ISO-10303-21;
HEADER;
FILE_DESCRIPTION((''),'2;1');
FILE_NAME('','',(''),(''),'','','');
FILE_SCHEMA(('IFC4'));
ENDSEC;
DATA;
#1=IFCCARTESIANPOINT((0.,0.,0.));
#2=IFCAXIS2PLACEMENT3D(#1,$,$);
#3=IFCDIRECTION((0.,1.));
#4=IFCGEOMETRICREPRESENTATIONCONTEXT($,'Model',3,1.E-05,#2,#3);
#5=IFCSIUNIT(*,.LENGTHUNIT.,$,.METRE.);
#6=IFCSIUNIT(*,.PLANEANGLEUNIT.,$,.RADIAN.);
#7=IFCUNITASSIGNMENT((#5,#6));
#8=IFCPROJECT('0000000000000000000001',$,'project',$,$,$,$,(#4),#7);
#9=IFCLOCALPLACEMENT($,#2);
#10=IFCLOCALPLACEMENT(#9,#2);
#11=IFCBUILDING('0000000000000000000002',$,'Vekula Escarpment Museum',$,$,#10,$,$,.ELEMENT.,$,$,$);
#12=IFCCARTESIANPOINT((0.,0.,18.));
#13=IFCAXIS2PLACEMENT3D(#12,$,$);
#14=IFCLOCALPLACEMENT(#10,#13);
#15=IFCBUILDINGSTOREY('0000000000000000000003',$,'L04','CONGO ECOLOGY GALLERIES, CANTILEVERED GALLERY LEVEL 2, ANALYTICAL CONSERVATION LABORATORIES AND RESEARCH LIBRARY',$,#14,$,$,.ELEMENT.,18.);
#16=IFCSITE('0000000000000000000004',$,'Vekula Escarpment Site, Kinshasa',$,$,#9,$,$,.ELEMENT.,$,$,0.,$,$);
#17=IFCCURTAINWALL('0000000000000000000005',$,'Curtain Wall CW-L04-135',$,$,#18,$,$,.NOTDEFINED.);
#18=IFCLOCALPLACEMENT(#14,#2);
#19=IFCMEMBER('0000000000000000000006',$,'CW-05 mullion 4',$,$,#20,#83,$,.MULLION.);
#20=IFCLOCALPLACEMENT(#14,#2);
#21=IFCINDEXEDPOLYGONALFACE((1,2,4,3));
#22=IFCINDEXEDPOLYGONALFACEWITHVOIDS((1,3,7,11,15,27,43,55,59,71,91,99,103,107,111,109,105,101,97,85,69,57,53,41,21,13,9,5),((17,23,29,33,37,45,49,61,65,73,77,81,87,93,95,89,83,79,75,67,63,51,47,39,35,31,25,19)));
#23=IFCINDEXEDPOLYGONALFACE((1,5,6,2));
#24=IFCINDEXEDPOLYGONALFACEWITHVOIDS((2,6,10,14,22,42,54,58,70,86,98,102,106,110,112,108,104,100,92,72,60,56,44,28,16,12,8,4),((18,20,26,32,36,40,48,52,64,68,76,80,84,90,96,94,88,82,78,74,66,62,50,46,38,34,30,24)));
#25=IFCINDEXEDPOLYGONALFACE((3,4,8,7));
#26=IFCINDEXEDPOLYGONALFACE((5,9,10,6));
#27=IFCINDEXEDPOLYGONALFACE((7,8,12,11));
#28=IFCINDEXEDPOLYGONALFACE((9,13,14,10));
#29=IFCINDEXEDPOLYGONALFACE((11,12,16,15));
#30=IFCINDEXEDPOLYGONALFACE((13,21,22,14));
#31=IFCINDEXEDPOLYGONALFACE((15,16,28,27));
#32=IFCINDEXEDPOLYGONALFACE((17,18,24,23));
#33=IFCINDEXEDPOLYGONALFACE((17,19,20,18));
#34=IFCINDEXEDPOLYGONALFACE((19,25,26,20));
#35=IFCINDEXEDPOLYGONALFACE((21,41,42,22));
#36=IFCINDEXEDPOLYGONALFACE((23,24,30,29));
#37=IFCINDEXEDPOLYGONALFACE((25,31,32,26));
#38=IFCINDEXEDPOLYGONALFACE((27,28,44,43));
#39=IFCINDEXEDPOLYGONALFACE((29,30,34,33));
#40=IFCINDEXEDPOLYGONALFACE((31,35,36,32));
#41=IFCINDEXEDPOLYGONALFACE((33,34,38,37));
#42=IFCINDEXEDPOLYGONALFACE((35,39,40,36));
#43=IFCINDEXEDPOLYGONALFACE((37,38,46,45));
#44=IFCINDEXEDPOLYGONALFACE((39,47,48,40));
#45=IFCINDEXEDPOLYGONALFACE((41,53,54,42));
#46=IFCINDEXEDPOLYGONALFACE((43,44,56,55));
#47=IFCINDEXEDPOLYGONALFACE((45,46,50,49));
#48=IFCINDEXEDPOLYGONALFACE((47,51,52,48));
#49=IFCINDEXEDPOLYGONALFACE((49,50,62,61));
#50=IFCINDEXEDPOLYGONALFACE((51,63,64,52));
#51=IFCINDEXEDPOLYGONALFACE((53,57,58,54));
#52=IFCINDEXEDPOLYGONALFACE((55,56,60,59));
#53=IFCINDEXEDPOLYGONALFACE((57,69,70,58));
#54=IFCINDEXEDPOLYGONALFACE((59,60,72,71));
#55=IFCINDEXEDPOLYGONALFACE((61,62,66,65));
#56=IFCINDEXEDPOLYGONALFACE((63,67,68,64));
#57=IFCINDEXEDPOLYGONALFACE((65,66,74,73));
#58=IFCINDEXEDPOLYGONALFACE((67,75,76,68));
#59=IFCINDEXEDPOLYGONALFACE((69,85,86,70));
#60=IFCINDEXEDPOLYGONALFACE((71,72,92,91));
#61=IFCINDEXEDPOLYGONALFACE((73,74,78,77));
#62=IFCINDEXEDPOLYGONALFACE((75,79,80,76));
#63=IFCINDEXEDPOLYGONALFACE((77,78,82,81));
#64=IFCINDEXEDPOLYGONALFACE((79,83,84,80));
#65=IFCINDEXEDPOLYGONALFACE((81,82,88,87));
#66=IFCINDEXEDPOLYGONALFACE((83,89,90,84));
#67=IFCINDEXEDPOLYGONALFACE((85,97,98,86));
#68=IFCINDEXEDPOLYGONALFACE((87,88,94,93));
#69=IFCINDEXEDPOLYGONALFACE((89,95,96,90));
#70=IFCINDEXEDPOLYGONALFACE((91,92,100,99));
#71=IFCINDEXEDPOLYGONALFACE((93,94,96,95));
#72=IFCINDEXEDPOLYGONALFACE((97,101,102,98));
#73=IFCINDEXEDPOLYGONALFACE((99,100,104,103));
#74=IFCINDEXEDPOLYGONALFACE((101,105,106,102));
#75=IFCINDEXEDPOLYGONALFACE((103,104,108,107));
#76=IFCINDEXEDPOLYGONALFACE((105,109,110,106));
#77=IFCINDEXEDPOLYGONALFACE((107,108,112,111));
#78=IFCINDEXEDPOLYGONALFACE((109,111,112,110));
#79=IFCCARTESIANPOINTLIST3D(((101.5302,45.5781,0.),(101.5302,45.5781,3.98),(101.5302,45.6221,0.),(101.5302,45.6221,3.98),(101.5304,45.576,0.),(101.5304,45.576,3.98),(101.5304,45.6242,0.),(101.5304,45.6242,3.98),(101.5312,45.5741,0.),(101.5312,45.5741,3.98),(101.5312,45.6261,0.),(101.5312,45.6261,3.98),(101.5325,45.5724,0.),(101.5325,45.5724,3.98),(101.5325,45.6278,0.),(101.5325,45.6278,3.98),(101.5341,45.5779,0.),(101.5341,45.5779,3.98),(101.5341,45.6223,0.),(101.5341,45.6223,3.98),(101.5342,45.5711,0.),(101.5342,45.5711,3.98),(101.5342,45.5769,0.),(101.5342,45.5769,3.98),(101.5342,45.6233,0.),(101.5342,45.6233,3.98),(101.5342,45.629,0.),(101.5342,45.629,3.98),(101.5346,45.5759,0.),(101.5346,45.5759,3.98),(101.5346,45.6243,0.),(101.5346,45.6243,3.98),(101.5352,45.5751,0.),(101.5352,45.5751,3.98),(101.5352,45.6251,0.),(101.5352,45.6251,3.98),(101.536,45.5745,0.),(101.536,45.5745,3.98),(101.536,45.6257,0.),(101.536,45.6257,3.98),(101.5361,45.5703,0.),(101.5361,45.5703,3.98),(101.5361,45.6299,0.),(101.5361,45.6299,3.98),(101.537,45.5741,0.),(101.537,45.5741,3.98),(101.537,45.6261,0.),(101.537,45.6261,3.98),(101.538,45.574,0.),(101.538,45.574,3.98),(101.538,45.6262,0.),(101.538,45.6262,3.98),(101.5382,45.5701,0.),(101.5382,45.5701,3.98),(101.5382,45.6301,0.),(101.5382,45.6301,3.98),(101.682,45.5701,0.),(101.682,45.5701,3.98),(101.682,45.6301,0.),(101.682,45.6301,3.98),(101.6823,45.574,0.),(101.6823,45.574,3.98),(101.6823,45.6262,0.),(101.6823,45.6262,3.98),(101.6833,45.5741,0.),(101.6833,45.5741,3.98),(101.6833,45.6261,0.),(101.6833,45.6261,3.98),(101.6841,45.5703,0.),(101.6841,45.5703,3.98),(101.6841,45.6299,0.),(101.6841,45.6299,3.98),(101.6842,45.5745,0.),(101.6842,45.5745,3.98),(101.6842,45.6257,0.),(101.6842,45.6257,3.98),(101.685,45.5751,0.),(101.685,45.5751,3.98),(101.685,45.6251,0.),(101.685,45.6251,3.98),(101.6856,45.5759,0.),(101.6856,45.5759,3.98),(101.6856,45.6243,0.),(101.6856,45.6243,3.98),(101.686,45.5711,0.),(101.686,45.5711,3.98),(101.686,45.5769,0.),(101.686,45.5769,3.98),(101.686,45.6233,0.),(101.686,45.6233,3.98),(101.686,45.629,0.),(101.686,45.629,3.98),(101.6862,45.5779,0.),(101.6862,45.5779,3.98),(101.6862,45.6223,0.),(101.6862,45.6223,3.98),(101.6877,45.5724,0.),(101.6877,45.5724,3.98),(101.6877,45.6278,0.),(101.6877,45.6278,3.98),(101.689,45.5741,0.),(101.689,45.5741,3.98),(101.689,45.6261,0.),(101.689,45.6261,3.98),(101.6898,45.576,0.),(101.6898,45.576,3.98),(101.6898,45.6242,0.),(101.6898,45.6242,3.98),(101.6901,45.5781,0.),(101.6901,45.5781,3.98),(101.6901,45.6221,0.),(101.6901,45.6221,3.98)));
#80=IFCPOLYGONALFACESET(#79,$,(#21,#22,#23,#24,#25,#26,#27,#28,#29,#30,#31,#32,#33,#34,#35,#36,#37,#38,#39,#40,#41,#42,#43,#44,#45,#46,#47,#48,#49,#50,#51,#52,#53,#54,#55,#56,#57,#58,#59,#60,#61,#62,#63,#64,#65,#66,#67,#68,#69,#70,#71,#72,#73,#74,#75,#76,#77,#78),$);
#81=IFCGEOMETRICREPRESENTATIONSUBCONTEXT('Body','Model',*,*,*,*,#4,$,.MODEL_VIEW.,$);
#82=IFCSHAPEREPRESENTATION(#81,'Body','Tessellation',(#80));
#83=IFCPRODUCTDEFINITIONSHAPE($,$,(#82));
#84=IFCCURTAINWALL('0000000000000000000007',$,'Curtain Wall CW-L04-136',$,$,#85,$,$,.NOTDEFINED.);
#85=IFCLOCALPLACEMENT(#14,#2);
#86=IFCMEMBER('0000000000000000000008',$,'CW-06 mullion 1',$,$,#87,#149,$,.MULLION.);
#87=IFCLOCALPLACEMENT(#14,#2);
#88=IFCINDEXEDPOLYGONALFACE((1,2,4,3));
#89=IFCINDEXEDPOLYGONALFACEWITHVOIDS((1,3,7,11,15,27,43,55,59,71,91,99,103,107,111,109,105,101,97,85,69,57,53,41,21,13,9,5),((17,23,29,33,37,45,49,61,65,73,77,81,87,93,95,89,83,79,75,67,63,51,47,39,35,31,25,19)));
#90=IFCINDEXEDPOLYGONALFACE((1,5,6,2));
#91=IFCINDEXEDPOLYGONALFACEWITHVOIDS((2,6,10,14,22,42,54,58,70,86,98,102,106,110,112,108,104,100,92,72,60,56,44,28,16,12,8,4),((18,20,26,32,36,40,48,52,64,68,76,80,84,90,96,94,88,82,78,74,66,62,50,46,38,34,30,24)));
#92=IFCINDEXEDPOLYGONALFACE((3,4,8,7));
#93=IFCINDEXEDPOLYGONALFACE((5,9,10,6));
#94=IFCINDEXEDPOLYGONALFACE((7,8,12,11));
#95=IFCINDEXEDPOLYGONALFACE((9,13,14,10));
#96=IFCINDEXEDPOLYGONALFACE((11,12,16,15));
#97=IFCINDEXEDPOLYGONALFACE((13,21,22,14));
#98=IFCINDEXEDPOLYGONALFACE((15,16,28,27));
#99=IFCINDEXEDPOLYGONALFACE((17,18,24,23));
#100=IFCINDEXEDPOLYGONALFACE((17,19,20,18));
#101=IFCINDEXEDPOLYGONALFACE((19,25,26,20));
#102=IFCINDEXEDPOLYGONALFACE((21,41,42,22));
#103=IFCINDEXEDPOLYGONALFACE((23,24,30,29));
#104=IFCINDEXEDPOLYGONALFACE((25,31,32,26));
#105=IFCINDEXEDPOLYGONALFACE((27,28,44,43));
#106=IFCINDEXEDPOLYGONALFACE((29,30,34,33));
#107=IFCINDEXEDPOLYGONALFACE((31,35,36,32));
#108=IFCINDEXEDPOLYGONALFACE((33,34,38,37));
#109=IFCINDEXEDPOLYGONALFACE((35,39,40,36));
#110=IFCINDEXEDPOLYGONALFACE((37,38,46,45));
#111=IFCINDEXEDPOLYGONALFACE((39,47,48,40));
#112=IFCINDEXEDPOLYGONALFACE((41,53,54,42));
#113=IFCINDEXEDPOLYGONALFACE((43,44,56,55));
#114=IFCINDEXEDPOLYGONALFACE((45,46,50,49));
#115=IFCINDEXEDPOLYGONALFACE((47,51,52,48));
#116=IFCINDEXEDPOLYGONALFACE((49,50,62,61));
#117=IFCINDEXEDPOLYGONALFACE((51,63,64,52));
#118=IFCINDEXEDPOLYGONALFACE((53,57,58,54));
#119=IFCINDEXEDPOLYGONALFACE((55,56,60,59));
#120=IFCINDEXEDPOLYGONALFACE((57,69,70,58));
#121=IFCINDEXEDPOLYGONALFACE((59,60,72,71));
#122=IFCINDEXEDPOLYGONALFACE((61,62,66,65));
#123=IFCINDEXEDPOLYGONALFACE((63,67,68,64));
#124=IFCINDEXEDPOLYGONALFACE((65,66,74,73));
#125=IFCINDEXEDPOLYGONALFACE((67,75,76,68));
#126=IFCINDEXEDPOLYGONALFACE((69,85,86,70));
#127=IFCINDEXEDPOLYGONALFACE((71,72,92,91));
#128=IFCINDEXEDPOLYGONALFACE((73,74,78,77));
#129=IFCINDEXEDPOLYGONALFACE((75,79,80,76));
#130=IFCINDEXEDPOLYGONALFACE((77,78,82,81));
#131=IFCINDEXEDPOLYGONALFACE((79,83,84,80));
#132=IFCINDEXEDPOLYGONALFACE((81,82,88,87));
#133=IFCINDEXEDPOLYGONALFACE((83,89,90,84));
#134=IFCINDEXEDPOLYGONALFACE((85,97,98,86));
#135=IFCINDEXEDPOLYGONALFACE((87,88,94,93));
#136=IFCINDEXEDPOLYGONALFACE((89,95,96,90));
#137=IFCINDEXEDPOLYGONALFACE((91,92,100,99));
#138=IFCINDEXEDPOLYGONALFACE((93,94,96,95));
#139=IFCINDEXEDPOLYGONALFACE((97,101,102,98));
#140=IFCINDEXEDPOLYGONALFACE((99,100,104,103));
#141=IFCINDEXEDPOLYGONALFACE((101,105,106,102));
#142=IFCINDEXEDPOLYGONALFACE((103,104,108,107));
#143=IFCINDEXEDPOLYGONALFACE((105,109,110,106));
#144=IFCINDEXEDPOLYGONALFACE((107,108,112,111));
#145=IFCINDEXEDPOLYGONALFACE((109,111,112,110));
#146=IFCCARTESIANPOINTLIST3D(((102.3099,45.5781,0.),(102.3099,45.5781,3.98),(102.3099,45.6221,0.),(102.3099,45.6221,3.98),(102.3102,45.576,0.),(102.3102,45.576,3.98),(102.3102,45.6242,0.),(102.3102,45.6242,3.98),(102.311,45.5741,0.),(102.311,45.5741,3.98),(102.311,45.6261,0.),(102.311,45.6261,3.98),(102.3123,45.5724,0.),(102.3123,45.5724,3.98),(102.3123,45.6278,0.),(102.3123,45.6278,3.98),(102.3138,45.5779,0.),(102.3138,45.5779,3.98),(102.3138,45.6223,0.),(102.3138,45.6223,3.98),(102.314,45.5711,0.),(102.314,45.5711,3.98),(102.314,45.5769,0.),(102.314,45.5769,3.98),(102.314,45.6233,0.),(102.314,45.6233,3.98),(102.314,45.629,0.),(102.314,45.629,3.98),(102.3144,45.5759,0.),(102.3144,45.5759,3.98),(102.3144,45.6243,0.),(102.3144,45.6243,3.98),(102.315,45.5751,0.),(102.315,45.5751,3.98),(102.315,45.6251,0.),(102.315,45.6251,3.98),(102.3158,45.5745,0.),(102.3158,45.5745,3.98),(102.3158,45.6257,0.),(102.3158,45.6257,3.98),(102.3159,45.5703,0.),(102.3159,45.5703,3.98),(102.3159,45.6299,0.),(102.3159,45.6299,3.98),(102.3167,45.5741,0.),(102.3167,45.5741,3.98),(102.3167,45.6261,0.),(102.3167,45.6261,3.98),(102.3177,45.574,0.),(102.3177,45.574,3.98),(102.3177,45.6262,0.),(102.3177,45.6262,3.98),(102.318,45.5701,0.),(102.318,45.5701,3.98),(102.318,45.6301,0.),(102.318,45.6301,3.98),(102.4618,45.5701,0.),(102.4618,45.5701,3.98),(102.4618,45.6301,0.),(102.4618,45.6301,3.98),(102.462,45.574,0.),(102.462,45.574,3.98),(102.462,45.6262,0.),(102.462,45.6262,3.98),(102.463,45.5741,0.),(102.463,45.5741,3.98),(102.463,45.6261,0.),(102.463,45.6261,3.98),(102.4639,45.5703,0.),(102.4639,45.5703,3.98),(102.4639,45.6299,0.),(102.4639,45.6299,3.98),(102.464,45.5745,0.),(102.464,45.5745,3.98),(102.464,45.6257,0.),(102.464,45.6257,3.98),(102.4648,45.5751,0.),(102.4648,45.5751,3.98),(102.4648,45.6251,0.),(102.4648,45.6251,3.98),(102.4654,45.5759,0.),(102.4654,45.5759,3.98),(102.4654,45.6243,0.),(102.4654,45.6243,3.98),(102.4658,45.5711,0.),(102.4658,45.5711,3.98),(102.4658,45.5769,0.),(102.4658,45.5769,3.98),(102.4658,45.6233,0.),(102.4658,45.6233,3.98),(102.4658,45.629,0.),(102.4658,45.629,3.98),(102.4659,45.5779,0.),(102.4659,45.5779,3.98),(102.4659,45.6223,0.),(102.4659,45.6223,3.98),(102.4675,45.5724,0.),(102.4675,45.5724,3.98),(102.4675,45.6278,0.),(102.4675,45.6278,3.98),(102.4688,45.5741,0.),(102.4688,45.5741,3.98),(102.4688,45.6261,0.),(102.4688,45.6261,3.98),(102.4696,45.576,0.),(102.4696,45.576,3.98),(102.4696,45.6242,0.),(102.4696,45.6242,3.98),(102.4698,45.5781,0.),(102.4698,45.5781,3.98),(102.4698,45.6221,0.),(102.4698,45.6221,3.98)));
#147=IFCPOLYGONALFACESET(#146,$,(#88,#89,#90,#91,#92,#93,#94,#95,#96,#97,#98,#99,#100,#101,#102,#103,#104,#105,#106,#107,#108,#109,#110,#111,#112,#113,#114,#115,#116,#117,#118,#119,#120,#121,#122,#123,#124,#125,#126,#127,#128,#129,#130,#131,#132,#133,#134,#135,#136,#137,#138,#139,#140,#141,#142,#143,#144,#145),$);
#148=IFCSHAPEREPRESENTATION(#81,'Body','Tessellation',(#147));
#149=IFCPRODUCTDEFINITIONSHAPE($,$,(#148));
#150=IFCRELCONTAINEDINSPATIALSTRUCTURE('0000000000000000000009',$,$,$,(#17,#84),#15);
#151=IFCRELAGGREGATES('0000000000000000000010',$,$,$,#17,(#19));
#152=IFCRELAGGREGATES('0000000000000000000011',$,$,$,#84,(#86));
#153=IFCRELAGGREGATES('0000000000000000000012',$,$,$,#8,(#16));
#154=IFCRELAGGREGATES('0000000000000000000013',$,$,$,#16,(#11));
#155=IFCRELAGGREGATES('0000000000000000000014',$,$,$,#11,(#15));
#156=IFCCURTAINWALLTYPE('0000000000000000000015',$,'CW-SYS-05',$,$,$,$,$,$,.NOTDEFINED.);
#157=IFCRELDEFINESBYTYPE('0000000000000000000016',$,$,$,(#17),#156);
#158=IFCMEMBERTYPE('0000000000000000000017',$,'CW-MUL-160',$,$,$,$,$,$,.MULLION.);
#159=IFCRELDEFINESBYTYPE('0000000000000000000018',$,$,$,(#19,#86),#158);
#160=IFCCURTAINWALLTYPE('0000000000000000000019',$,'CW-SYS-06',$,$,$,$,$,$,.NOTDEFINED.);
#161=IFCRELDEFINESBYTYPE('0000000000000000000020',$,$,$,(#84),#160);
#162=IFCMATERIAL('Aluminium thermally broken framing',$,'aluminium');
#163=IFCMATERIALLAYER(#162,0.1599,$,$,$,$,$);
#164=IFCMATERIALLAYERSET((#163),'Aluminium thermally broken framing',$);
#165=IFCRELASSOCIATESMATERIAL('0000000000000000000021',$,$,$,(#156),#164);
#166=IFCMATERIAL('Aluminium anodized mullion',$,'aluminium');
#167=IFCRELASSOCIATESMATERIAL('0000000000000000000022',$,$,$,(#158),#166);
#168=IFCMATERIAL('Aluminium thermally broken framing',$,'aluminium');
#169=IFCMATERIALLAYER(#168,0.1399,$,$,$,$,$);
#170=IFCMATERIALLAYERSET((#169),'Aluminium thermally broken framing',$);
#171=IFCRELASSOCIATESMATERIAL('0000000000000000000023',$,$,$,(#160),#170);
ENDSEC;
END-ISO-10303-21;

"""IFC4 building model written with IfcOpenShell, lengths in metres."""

from ifc_helpers import new_model, si_unit, direction, frame, origin, origin_2d, place, context, subcontext, project, spatial, hollow_rectangle, extrude, material, layer, layer_set, material_profile, profile_set, type_object, element, aggregate, save


model = new_model("IFC4")

# Units and contexts
model_context = context("Model", 3, precision=1e-05, world=origin(), true_north=direction((0.0, 1.0)))
body_context = subcontext(model_context, "Body", "Model", "MODEL_VIEW")
ifc_project = project(units=[si_unit("LENGTHUNIT", "METRE"), si_unit("PLANEANGLEUNIT", "RADIAN")], contexts=[model_context])

# Site, building, storey
site_placement = place(None, origin())
site = spatial("IfcSite", under=ifc_project, at=site_placement, Name="Vekula Escarpment Site, Kinshasa", CompositionType="ELEMENT", RefElevation=0.0)
building_placement = place(site_placement, origin())
building = spatial("IfcBuilding", under=site, at=building_placement, Name="Vekula Escarpment Museum", CompositionType="ELEMENT")
storey_placement = place(building_placement, frame((0.0, 0.0, 18.0)))
storey = spatial("IfcBuildingStorey", under=building, at=storey_placement, Name="L04", Description="CONGO ECOLOGY GALLERIES, CANTILEVERED GALLERY LEVEL 2, ANALYTICAL CONSERVATION LABORATORIES AND RESEARCH LIBRARY", CompositionType="ELEMENT", Elevation=18.0)

# Curtain wall, member
ifc_material_1 = material(Name="Aluminium thermally broken framing", Category="aluminium")
ifc_layer_1 = layer(ifc_material_1, 0.1599)
ifc_layer_set_1 = layer_set([ifc_layer_1], Name="Aluminium thermally broken framing")
curtain_wall_type_1 = type_object("IfcCurtainWallType", Name="CW-SYS-05", PredefinedType="NOTDEFINED", material=ifc_layer_set_1)
curtain_wall_1_placement = place(storey_placement, origin())
curtain_wall_1 = element("IfcCurtainWall", 1, at=curtain_wall_1_placement, inside=storey, type_object=curtain_wall_type_1, Name="Curtain Wall CW-L04-135", PredefinedType="NOTDEFINED")
ifc_material_2 = material(Name="Aluminium anodized mullion", Category="aluminium")
ifc_material_profile_1 = material_profile(ifc_material_2, hollow_rectangle(XDim=0.0601, YDim=0.1599, WallThickness=0.0039, InnerFilletRadius=0.0039, OuterFilletRadius=0.0081, at=origin_2d()), Name="ALU 160x60x4")
ifc_profile_set_1 = profile_set([ifc_material_profile_1], Name="Aluminium anodized mullion")
member_type_1 = type_object("IfcMemberType", Name="CW-MUL-160", PredefinedType="MULLION", material=ifc_profile_set_1)
member_1_placement = place(storey_placement, frame((101.6101, 45.6001, 0.0), z_axis=(0.0, 0.0, 1.0), x_axis=(0.0, 1.0, 0.0)))
member_1 = element("IfcMember", 2, at=member_1_placement, type_object=member_type_1, Name="CW-05 mullion 4", PredefinedType="MULLION", context=body_context, shape_type="SweptSolid", body=[
    extrude(hollow_rectangle(XDim=0.0601, YDim=0.1599, WallThickness=0.0039, InnerFilletRadius=0.0039, OuterFilletRadius=0.0081, at=origin_2d()), origin(), (0.0, 0.0, 1.0), 3.98),
])
aggregate(curtain_wall_1, [member_1])

# Curtain wall, member
ifc_material_3 = material(Name="Aluminium thermally broken framing", Category="aluminium")
ifc_layer_2 = layer(ifc_material_3, 0.1399)
ifc_layer_set_2 = layer_set([ifc_layer_2], Name="Aluminium thermally broken framing")
curtain_wall_type_2 = type_object("IfcCurtainWallType", Name="CW-SYS-06", PredefinedType="NOTDEFINED", material=ifc_layer_set_2)
curtain_wall_2_placement = place(storey_placement, origin())
curtain_wall_2 = element("IfcCurtainWall", 3, at=curtain_wall_2_placement, inside=storey, type_object=curtain_wall_type_2, Name="Curtain Wall CW-L04-136", PredefinedType="NOTDEFINED")
member_2_placement = place(storey_placement, frame((102.3899, 45.6001, 0.0), z_axis=(0.0, 0.0, 1.0), x_axis=(0.0, 1.0, 0.0)))
member_2 = element("IfcMember", 4, at=member_2_placement, type_object=member_type_1, Name="CW-06 mullion 1", PredefinedType="MULLION", context=body_context, shape_type="SweptSolid", body=[
    extrude(hollow_rectangle(XDim=0.0601, YDim=0.1599, WallThickness=0.0039, InnerFilletRadius=0.0039, OuterFilletRadius=0.0081, at=origin_2d()), origin(), (0.0, 0.0, 1.0), 3.98),
])

aggregate(curtain_wall_2, [member_2])

save(model, "model.ifc")
